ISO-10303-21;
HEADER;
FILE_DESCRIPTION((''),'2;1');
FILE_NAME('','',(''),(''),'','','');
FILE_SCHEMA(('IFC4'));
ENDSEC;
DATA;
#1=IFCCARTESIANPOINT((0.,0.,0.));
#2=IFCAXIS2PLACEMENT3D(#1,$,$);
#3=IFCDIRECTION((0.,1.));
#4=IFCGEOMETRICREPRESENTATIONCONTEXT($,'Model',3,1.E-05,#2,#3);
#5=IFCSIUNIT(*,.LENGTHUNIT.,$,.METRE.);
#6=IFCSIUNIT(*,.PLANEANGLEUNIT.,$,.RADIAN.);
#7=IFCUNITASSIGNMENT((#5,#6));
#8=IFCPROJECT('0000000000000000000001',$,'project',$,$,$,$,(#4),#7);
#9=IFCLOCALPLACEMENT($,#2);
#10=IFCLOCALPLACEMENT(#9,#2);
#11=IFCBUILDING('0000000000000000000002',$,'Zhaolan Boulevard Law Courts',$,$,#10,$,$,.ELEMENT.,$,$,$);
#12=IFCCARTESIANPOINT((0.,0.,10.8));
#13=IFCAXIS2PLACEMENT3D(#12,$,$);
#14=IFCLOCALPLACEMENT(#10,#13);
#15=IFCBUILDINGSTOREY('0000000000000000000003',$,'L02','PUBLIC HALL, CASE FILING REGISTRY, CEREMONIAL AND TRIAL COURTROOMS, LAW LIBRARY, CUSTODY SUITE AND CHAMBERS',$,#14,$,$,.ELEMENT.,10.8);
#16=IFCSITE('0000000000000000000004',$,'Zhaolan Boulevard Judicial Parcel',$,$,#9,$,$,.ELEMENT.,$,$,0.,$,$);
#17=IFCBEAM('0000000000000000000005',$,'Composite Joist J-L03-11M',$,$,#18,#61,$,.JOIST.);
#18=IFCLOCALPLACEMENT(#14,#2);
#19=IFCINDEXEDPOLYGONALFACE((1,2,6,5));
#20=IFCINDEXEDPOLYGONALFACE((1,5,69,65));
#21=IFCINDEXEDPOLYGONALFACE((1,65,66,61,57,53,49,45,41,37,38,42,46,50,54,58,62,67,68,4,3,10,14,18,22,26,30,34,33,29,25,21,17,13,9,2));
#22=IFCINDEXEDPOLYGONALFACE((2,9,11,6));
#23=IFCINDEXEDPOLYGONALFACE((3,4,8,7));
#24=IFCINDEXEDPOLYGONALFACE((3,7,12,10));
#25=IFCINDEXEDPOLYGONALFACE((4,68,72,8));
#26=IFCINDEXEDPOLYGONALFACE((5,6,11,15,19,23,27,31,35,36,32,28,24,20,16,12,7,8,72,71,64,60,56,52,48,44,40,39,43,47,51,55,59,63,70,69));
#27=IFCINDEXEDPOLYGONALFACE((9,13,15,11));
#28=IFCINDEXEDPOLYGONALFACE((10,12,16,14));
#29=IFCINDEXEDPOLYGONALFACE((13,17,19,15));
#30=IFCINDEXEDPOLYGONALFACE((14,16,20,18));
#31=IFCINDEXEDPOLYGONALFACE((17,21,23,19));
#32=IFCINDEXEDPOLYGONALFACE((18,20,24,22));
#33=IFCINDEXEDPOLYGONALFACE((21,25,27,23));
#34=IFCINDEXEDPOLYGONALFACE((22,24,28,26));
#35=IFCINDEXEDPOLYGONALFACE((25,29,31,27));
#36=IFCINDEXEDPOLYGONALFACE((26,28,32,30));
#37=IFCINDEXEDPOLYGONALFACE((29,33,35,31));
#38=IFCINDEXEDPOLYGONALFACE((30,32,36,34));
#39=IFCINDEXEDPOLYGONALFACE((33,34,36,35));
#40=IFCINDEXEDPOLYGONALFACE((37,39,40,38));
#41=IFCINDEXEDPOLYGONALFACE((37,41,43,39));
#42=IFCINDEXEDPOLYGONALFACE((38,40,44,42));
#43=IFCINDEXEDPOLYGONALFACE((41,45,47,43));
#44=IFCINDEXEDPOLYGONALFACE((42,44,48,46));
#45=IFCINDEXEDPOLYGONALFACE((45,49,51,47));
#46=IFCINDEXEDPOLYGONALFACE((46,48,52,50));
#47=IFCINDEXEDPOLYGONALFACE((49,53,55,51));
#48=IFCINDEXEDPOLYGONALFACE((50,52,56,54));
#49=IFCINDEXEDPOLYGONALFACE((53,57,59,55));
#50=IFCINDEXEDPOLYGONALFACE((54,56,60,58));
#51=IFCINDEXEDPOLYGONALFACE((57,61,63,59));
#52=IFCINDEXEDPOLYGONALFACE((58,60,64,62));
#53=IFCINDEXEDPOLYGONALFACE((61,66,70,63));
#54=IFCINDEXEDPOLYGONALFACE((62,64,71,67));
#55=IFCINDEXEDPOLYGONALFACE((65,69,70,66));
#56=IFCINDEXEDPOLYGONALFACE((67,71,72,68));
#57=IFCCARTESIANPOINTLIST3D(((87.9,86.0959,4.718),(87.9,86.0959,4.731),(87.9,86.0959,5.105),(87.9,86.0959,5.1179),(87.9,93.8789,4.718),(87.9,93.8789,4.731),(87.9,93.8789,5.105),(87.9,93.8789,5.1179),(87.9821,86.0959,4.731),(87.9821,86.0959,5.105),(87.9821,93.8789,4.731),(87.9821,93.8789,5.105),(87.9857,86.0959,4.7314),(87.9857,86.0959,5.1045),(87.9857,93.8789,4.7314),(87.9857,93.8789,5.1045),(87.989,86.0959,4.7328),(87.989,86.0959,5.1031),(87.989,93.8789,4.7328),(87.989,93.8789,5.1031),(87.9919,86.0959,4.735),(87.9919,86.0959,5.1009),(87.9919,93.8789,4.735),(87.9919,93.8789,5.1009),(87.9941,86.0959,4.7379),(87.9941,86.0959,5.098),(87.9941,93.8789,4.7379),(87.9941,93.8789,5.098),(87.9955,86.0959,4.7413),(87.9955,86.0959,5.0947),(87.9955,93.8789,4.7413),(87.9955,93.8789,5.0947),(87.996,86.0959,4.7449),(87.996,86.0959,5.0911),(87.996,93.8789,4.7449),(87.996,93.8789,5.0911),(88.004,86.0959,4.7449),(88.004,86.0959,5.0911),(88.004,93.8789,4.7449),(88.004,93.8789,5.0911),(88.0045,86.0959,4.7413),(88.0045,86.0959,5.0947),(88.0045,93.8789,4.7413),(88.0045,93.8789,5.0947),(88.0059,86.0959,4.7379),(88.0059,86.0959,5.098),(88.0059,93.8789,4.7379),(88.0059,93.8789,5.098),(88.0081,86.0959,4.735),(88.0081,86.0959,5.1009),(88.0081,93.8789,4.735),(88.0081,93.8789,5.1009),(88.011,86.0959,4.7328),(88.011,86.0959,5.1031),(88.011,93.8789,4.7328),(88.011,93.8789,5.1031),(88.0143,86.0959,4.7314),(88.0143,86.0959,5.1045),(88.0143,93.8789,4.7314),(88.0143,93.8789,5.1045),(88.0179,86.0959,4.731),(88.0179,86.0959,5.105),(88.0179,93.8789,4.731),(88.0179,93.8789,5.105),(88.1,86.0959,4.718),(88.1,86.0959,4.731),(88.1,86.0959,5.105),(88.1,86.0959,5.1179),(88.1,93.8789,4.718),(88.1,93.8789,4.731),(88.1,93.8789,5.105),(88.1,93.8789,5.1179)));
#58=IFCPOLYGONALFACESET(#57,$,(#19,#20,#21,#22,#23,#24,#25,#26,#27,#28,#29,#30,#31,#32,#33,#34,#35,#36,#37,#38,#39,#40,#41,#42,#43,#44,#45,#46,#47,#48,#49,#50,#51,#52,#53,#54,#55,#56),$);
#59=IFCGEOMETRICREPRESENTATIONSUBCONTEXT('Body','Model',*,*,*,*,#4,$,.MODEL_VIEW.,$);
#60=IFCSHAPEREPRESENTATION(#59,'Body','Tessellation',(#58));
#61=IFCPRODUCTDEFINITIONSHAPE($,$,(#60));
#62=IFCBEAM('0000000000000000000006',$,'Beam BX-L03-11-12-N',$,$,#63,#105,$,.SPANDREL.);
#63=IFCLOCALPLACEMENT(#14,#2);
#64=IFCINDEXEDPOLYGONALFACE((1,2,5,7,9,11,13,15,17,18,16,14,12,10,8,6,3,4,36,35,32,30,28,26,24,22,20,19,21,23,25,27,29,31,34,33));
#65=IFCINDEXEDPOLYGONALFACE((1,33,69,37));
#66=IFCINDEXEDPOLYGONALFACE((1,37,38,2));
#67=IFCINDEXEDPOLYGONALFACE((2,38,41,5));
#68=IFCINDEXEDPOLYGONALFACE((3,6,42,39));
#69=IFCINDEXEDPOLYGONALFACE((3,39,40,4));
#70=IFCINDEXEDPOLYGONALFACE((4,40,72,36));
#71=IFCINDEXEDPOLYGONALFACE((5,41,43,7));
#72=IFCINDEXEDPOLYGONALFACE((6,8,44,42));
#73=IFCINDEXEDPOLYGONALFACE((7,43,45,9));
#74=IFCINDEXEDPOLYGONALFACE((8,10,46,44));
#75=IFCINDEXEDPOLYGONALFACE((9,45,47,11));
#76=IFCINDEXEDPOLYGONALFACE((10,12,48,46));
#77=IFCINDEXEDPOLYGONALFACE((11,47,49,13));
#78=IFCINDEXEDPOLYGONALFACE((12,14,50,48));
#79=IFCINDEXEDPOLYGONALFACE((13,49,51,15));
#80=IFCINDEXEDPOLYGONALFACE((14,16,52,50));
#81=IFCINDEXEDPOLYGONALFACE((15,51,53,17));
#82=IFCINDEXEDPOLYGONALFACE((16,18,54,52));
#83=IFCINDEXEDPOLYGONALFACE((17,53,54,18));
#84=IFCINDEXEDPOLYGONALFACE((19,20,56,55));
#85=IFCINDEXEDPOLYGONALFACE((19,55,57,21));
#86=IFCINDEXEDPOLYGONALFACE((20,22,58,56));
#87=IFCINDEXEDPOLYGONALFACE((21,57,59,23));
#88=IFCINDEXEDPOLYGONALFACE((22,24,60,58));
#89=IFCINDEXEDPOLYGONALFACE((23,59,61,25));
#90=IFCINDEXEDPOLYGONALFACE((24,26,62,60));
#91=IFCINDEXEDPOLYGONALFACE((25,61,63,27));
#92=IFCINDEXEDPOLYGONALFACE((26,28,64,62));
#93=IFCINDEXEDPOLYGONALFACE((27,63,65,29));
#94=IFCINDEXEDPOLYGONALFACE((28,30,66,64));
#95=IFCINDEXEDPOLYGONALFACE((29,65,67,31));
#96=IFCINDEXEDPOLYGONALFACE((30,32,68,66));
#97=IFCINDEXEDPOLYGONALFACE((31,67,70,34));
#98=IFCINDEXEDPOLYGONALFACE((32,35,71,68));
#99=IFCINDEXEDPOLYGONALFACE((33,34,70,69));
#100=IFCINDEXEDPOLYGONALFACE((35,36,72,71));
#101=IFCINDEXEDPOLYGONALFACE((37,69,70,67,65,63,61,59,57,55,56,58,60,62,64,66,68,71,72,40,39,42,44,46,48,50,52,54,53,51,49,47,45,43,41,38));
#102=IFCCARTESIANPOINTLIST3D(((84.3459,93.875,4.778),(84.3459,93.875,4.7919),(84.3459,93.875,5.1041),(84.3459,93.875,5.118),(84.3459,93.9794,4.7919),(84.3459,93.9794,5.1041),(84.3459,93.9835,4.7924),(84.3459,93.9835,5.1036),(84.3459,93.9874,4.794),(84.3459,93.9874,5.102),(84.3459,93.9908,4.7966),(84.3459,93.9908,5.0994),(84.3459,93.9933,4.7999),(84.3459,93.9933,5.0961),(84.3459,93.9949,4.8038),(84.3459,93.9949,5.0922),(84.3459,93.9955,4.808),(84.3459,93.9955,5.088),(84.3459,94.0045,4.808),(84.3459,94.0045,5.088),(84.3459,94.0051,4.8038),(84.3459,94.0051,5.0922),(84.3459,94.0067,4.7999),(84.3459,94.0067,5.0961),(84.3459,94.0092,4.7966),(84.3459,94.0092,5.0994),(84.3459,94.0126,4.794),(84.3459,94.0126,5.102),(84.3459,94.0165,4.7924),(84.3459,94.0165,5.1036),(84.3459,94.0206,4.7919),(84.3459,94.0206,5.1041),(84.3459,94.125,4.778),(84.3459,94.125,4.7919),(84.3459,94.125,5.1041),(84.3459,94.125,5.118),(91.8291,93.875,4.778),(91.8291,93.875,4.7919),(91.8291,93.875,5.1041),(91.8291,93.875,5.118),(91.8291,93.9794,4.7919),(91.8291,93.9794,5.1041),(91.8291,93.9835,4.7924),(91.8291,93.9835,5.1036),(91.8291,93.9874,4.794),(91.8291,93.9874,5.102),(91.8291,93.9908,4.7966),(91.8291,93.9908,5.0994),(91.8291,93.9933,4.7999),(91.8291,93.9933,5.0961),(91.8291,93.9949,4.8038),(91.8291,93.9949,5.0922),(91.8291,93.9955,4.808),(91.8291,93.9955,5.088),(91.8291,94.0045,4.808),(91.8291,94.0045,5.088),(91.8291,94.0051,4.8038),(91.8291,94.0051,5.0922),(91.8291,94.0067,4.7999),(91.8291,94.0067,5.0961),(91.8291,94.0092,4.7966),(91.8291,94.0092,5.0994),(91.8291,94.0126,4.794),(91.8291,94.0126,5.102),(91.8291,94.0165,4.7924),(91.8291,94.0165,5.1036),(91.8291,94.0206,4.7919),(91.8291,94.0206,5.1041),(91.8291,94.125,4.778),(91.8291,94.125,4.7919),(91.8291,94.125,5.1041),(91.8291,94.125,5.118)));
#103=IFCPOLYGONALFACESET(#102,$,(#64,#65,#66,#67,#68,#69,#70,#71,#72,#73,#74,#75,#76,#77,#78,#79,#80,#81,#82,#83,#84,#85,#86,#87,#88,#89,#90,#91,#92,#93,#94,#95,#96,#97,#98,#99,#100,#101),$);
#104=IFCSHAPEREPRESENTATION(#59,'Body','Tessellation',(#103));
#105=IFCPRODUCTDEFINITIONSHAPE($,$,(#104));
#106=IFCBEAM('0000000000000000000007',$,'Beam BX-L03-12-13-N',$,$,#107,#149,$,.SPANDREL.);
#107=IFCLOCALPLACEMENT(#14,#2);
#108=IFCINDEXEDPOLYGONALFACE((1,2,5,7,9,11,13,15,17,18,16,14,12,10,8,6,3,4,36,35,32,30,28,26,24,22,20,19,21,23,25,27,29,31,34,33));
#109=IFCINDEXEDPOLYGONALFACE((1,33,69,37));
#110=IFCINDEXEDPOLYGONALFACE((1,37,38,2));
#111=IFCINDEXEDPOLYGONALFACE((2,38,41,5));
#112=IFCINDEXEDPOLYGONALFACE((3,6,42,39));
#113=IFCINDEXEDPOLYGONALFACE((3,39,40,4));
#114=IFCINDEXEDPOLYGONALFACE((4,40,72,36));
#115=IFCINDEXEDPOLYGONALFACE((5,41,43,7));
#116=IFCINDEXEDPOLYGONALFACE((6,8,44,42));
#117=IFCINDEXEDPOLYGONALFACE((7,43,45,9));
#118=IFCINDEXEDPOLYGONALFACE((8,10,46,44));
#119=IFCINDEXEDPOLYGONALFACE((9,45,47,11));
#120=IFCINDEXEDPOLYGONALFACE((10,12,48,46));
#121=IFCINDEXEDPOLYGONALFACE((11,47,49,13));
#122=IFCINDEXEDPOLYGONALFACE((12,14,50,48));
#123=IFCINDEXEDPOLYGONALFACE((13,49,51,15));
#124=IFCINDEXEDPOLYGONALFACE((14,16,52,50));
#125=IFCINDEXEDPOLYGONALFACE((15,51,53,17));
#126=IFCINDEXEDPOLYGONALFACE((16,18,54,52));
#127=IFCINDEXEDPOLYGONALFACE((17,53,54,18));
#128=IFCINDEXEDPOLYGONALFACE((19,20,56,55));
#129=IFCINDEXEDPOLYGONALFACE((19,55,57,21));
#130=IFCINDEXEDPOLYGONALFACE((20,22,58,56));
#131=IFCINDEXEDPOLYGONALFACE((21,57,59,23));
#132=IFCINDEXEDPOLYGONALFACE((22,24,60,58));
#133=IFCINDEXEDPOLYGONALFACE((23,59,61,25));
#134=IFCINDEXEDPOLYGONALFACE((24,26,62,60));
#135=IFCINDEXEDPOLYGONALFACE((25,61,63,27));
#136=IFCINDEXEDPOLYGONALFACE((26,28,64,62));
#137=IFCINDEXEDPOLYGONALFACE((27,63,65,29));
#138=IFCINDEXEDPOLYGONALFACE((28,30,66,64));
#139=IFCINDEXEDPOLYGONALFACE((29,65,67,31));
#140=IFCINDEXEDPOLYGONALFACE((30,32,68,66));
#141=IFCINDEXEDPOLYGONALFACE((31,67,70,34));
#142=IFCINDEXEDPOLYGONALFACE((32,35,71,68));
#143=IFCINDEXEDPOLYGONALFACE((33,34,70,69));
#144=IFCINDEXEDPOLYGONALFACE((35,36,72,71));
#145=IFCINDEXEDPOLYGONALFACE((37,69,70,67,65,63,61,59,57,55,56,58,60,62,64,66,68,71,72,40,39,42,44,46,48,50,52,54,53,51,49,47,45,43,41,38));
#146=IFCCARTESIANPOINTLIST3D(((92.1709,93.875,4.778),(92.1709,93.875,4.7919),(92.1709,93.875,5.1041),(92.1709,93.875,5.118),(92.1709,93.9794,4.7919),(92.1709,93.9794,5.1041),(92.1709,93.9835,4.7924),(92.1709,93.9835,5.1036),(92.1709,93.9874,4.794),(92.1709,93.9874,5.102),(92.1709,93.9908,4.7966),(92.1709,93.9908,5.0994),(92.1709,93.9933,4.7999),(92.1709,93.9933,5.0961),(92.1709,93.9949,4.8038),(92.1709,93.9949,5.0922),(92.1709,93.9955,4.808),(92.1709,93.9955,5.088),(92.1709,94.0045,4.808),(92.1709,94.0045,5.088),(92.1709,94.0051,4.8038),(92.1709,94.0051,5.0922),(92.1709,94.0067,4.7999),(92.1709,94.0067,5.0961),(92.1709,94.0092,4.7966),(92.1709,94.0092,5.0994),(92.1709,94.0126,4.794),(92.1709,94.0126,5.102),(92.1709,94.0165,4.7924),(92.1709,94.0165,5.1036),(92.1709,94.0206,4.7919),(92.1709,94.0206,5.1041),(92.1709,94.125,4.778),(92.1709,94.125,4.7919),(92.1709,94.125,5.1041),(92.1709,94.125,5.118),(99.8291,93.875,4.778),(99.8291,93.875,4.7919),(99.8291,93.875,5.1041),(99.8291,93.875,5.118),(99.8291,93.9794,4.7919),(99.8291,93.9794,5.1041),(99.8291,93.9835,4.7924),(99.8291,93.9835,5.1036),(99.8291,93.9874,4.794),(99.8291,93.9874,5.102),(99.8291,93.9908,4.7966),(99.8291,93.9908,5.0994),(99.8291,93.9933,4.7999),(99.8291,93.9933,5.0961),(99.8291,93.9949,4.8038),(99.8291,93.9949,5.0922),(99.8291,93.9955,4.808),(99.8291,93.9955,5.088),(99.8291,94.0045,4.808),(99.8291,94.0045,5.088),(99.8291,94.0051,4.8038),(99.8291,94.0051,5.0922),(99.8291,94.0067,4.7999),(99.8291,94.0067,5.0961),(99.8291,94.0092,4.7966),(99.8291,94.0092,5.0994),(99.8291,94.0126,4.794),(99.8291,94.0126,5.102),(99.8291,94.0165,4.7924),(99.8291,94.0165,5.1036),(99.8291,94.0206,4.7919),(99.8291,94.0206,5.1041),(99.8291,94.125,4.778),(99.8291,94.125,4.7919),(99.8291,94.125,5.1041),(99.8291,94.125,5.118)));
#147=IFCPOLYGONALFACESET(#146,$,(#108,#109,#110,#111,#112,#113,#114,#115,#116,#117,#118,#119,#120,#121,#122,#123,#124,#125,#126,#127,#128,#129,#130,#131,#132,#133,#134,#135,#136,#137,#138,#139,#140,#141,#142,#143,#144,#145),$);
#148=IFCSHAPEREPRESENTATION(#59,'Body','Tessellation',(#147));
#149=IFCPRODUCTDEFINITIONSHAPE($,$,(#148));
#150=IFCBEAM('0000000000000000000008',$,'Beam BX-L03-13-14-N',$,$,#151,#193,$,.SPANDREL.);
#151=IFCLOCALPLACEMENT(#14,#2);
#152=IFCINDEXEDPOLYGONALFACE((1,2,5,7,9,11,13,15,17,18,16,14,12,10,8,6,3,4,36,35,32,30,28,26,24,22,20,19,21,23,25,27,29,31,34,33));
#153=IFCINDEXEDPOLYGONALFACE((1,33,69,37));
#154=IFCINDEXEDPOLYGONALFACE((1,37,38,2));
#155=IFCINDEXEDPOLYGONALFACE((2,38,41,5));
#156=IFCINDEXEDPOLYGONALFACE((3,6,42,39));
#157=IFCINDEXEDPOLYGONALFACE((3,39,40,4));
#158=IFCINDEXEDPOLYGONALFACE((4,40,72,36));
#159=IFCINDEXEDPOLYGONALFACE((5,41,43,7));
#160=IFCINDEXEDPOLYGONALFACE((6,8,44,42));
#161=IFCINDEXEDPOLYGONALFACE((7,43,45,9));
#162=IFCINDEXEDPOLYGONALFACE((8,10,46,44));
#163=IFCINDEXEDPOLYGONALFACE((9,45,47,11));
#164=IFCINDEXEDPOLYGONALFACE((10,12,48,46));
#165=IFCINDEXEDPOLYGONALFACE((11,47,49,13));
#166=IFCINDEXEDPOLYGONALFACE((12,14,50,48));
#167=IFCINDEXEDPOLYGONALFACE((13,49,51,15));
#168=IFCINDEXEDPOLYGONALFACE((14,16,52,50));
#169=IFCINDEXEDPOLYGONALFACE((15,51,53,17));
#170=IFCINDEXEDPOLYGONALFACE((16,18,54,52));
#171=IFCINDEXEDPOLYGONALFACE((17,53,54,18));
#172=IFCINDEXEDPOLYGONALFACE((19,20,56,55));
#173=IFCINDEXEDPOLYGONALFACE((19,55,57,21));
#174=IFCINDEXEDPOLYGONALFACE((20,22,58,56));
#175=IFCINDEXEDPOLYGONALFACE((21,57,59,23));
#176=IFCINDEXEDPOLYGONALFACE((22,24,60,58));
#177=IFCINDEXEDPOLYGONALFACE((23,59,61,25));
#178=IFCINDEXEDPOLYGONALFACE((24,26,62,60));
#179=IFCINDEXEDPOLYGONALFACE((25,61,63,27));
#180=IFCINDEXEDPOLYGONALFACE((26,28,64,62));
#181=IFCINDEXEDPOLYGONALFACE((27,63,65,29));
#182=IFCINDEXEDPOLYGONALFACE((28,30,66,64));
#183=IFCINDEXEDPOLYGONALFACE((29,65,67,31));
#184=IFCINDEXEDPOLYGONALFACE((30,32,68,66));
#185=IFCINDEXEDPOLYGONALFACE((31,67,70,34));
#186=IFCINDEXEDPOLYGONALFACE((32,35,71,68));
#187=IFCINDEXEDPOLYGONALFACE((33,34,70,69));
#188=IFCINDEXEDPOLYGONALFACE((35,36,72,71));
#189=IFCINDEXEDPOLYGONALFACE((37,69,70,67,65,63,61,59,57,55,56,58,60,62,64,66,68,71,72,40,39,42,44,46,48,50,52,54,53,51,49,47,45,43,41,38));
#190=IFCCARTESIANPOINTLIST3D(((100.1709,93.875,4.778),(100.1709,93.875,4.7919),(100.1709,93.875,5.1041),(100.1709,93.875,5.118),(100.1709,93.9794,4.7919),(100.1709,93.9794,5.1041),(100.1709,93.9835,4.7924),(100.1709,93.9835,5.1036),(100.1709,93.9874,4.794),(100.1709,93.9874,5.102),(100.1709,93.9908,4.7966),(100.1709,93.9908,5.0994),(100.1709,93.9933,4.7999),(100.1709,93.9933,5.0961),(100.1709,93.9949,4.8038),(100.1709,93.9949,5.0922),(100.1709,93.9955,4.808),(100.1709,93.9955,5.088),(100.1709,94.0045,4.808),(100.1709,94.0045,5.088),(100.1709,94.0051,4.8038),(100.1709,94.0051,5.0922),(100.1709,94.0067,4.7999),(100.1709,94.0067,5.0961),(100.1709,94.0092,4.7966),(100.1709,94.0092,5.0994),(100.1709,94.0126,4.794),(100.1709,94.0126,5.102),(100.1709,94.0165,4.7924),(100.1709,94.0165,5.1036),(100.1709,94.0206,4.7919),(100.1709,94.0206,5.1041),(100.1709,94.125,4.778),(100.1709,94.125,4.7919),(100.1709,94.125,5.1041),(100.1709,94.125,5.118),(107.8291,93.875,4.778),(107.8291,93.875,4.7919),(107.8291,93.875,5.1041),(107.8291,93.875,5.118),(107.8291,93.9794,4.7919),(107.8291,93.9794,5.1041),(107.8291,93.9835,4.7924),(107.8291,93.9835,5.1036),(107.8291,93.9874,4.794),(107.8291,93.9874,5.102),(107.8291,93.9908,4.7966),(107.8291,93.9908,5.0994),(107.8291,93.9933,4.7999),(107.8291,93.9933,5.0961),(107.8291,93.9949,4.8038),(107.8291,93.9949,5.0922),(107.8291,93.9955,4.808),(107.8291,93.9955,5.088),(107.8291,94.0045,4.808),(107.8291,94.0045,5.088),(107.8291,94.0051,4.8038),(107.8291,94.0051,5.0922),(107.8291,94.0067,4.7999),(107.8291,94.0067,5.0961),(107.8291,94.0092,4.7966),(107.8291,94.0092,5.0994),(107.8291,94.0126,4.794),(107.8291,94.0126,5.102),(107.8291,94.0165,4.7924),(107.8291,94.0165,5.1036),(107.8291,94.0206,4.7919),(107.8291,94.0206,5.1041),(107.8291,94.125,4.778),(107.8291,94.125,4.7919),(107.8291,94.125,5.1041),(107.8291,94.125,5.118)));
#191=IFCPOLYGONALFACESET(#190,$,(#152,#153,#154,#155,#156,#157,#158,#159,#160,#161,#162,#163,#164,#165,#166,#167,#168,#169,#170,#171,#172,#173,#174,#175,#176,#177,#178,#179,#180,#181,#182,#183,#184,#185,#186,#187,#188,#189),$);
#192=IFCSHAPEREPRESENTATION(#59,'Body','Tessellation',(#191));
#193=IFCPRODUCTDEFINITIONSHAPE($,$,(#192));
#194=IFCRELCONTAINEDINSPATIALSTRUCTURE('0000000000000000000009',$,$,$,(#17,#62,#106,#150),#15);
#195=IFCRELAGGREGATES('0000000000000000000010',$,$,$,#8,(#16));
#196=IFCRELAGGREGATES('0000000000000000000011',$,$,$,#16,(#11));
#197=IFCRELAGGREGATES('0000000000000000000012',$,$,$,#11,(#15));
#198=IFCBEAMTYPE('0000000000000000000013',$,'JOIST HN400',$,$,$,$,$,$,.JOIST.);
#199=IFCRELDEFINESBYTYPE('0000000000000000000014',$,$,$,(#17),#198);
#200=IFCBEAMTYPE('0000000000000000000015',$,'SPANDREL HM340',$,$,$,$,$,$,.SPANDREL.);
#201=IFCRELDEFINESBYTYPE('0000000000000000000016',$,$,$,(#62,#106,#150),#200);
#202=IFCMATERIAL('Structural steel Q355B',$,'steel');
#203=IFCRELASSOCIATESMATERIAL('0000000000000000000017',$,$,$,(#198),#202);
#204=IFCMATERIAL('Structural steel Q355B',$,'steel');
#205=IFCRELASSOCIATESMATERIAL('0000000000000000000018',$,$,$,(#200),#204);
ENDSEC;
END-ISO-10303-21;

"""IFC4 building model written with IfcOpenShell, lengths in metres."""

from ifc_helpers import new_model, si_unit, direction, frame, origin, origin_2d, place, context, subcontext, project, spatial, i_section, extrude, material, material_profile, profile_set, type_object, element, save


model = new_model("IFC4")

# Units and contexts
model_context = context("Model", 3, precision=1e-05, world=origin(), true_north=direction((0.0, 1.0)))
body_context = subcontext(model_context, "Body", "Model", "MODEL_VIEW")
ifc_project = project(units=[si_unit("LENGTHUNIT", "METRE"), si_unit("PLANEANGLEUNIT", "RADIAN")], contexts=[model_context])

# Site, building, storey
site_placement = place(None, origin())
site = spatial("IfcSite", under=ifc_project, at=site_placement, Name="Zhaolan Boulevard Judicial Parcel", CompositionType="ELEMENT", RefElevation=0.0)
building_placement = place(site_placement, origin())
building = spatial("IfcBuilding", under=site, at=building_placement, Name="Zhaolan Boulevard Law Courts", CompositionType="ELEMENT")
storey_placement = place(building_placement, frame((0.0, 0.0, 10.8)))
storey = spatial("IfcBuildingStorey", under=building, at=storey_placement, Name="L02", Description="PUBLIC HALL, CASE FILING REGISTRY, CEREMONIAL AND TRIAL COURTROOMS, LAW LIBRARY, CUSTODY SUITE AND CHAMBERS", CompositionType="ELEMENT", Elevation=10.8)

# Beams
ifc_material_1 = material(Name="Structural steel Q355B", Category="steel")
ifc_material_profile_1 = material_profile(ifc_material_1, i_section(OverallWidth=0.2, OverallDepth=0.3999, WebThickness=0.0081, FlangeThickness=0.0129, FilletRadius=0.0139, at=origin_2d()), Name="HN400x200")
ifc_profile_set_1 = profile_set([ifc_material_profile_1], Name="Structural steel Q355B")
beam_type_1 = type_object("IfcBeamType", Name="JOIST HN400", PredefinedType="JOIST", material=ifc_profile_set_1)
beam_1_placement = place(storey_placement, frame((88.0, 86.0959, 4.918), z_axis=(0.0, 1.0, 0.0), x_axis=(-1.0, 0.0, 0.0)))
element("IfcBeam", 1, at=beam_1_placement, inside=storey, type_object=beam_type_1, Name="Composite Joist J-L03-11M", PredefinedType="JOIST", context=body_context, shape_type="SweptSolid", body=[
    extrude(i_section(OverallWidth=0.2, OverallDepth=0.3999, WebThickness=0.0081, FlangeThickness=0.0129, FilletRadius=0.0139, at=origin_2d()), origin(), (0.0, 0.0, 1.0), 7.783),
])
ifc_material_2 = material(Name="Structural steel Q355B", Category="steel")
ifc_material_profile_2 = material_profile(ifc_material_2, i_section(OverallWidth=0.25, OverallDepth=0.3401, WebThickness=0.009, FlangeThickness=0.0139, FilletRadius=0.0161, at=origin_2d()), Name="HM340x250")
ifc_profile_set_2 = profile_set([ifc_material_profile_2], Name="Structural steel Q355B")
beam_type_2 = type_object("IfcBeamType", Name="SPANDREL HM340", PredefinedType="SPANDREL", material=ifc_profile_set_2)
beam_2_placement = place(storey_placement, frame((84.3459, 94.0, 4.948), z_axis=(1.0, 0.0, 0.0), x_axis=(0.0, 1.0, 0.0)))
element("IfcBeam", 2, at=beam_2_placement, inside=storey, type_object=beam_type_2, Name="Beam BX-L03-11-12-N", PredefinedType="SPANDREL", context=body_context, shape_type="SweptSolid", body=[
    extrude(i_section(OverallWidth=0.25, OverallDepth=0.3401, WebThickness=0.009, FlangeThickness=0.0139, FilletRadius=0.0161, at=origin_2d()), origin(), (0.0, 0.0, 1.0), 7.4832),
])
for number, where, z_axis, x_axis, name in (
    (3, (92.1709, 94.0, 4.948), (1.0, 0.0, 0.0), (0.0, 1.0, 0.0), "Beam BX-L03-12-13-N"),
    (4, (100.1709, 94.0, 4.948), (1.0, 0.0, 0.0), (0.0, 1.0, 0.0), "Beam BX-L03-13-14-N"),
):
    element("IfcBeam", number, at=place(storey_placement, frame(where, z_axis=z_axis, x_axis=x_axis)), inside=storey, type_object=beam_type_2, Name=name, PredefinedType="SPANDREL", context=body_context, shape_type="SweptSolid", body=[
        extrude(i_section(OverallWidth=0.25, OverallDepth=0.3401, WebThickness=0.009, FlangeThickness=0.0139, FilletRadius=0.0161, at=origin_2d()), origin(), (0.0, 0.0, 1.0), 7.6582),
    ])

save(model, "model.ifc")
